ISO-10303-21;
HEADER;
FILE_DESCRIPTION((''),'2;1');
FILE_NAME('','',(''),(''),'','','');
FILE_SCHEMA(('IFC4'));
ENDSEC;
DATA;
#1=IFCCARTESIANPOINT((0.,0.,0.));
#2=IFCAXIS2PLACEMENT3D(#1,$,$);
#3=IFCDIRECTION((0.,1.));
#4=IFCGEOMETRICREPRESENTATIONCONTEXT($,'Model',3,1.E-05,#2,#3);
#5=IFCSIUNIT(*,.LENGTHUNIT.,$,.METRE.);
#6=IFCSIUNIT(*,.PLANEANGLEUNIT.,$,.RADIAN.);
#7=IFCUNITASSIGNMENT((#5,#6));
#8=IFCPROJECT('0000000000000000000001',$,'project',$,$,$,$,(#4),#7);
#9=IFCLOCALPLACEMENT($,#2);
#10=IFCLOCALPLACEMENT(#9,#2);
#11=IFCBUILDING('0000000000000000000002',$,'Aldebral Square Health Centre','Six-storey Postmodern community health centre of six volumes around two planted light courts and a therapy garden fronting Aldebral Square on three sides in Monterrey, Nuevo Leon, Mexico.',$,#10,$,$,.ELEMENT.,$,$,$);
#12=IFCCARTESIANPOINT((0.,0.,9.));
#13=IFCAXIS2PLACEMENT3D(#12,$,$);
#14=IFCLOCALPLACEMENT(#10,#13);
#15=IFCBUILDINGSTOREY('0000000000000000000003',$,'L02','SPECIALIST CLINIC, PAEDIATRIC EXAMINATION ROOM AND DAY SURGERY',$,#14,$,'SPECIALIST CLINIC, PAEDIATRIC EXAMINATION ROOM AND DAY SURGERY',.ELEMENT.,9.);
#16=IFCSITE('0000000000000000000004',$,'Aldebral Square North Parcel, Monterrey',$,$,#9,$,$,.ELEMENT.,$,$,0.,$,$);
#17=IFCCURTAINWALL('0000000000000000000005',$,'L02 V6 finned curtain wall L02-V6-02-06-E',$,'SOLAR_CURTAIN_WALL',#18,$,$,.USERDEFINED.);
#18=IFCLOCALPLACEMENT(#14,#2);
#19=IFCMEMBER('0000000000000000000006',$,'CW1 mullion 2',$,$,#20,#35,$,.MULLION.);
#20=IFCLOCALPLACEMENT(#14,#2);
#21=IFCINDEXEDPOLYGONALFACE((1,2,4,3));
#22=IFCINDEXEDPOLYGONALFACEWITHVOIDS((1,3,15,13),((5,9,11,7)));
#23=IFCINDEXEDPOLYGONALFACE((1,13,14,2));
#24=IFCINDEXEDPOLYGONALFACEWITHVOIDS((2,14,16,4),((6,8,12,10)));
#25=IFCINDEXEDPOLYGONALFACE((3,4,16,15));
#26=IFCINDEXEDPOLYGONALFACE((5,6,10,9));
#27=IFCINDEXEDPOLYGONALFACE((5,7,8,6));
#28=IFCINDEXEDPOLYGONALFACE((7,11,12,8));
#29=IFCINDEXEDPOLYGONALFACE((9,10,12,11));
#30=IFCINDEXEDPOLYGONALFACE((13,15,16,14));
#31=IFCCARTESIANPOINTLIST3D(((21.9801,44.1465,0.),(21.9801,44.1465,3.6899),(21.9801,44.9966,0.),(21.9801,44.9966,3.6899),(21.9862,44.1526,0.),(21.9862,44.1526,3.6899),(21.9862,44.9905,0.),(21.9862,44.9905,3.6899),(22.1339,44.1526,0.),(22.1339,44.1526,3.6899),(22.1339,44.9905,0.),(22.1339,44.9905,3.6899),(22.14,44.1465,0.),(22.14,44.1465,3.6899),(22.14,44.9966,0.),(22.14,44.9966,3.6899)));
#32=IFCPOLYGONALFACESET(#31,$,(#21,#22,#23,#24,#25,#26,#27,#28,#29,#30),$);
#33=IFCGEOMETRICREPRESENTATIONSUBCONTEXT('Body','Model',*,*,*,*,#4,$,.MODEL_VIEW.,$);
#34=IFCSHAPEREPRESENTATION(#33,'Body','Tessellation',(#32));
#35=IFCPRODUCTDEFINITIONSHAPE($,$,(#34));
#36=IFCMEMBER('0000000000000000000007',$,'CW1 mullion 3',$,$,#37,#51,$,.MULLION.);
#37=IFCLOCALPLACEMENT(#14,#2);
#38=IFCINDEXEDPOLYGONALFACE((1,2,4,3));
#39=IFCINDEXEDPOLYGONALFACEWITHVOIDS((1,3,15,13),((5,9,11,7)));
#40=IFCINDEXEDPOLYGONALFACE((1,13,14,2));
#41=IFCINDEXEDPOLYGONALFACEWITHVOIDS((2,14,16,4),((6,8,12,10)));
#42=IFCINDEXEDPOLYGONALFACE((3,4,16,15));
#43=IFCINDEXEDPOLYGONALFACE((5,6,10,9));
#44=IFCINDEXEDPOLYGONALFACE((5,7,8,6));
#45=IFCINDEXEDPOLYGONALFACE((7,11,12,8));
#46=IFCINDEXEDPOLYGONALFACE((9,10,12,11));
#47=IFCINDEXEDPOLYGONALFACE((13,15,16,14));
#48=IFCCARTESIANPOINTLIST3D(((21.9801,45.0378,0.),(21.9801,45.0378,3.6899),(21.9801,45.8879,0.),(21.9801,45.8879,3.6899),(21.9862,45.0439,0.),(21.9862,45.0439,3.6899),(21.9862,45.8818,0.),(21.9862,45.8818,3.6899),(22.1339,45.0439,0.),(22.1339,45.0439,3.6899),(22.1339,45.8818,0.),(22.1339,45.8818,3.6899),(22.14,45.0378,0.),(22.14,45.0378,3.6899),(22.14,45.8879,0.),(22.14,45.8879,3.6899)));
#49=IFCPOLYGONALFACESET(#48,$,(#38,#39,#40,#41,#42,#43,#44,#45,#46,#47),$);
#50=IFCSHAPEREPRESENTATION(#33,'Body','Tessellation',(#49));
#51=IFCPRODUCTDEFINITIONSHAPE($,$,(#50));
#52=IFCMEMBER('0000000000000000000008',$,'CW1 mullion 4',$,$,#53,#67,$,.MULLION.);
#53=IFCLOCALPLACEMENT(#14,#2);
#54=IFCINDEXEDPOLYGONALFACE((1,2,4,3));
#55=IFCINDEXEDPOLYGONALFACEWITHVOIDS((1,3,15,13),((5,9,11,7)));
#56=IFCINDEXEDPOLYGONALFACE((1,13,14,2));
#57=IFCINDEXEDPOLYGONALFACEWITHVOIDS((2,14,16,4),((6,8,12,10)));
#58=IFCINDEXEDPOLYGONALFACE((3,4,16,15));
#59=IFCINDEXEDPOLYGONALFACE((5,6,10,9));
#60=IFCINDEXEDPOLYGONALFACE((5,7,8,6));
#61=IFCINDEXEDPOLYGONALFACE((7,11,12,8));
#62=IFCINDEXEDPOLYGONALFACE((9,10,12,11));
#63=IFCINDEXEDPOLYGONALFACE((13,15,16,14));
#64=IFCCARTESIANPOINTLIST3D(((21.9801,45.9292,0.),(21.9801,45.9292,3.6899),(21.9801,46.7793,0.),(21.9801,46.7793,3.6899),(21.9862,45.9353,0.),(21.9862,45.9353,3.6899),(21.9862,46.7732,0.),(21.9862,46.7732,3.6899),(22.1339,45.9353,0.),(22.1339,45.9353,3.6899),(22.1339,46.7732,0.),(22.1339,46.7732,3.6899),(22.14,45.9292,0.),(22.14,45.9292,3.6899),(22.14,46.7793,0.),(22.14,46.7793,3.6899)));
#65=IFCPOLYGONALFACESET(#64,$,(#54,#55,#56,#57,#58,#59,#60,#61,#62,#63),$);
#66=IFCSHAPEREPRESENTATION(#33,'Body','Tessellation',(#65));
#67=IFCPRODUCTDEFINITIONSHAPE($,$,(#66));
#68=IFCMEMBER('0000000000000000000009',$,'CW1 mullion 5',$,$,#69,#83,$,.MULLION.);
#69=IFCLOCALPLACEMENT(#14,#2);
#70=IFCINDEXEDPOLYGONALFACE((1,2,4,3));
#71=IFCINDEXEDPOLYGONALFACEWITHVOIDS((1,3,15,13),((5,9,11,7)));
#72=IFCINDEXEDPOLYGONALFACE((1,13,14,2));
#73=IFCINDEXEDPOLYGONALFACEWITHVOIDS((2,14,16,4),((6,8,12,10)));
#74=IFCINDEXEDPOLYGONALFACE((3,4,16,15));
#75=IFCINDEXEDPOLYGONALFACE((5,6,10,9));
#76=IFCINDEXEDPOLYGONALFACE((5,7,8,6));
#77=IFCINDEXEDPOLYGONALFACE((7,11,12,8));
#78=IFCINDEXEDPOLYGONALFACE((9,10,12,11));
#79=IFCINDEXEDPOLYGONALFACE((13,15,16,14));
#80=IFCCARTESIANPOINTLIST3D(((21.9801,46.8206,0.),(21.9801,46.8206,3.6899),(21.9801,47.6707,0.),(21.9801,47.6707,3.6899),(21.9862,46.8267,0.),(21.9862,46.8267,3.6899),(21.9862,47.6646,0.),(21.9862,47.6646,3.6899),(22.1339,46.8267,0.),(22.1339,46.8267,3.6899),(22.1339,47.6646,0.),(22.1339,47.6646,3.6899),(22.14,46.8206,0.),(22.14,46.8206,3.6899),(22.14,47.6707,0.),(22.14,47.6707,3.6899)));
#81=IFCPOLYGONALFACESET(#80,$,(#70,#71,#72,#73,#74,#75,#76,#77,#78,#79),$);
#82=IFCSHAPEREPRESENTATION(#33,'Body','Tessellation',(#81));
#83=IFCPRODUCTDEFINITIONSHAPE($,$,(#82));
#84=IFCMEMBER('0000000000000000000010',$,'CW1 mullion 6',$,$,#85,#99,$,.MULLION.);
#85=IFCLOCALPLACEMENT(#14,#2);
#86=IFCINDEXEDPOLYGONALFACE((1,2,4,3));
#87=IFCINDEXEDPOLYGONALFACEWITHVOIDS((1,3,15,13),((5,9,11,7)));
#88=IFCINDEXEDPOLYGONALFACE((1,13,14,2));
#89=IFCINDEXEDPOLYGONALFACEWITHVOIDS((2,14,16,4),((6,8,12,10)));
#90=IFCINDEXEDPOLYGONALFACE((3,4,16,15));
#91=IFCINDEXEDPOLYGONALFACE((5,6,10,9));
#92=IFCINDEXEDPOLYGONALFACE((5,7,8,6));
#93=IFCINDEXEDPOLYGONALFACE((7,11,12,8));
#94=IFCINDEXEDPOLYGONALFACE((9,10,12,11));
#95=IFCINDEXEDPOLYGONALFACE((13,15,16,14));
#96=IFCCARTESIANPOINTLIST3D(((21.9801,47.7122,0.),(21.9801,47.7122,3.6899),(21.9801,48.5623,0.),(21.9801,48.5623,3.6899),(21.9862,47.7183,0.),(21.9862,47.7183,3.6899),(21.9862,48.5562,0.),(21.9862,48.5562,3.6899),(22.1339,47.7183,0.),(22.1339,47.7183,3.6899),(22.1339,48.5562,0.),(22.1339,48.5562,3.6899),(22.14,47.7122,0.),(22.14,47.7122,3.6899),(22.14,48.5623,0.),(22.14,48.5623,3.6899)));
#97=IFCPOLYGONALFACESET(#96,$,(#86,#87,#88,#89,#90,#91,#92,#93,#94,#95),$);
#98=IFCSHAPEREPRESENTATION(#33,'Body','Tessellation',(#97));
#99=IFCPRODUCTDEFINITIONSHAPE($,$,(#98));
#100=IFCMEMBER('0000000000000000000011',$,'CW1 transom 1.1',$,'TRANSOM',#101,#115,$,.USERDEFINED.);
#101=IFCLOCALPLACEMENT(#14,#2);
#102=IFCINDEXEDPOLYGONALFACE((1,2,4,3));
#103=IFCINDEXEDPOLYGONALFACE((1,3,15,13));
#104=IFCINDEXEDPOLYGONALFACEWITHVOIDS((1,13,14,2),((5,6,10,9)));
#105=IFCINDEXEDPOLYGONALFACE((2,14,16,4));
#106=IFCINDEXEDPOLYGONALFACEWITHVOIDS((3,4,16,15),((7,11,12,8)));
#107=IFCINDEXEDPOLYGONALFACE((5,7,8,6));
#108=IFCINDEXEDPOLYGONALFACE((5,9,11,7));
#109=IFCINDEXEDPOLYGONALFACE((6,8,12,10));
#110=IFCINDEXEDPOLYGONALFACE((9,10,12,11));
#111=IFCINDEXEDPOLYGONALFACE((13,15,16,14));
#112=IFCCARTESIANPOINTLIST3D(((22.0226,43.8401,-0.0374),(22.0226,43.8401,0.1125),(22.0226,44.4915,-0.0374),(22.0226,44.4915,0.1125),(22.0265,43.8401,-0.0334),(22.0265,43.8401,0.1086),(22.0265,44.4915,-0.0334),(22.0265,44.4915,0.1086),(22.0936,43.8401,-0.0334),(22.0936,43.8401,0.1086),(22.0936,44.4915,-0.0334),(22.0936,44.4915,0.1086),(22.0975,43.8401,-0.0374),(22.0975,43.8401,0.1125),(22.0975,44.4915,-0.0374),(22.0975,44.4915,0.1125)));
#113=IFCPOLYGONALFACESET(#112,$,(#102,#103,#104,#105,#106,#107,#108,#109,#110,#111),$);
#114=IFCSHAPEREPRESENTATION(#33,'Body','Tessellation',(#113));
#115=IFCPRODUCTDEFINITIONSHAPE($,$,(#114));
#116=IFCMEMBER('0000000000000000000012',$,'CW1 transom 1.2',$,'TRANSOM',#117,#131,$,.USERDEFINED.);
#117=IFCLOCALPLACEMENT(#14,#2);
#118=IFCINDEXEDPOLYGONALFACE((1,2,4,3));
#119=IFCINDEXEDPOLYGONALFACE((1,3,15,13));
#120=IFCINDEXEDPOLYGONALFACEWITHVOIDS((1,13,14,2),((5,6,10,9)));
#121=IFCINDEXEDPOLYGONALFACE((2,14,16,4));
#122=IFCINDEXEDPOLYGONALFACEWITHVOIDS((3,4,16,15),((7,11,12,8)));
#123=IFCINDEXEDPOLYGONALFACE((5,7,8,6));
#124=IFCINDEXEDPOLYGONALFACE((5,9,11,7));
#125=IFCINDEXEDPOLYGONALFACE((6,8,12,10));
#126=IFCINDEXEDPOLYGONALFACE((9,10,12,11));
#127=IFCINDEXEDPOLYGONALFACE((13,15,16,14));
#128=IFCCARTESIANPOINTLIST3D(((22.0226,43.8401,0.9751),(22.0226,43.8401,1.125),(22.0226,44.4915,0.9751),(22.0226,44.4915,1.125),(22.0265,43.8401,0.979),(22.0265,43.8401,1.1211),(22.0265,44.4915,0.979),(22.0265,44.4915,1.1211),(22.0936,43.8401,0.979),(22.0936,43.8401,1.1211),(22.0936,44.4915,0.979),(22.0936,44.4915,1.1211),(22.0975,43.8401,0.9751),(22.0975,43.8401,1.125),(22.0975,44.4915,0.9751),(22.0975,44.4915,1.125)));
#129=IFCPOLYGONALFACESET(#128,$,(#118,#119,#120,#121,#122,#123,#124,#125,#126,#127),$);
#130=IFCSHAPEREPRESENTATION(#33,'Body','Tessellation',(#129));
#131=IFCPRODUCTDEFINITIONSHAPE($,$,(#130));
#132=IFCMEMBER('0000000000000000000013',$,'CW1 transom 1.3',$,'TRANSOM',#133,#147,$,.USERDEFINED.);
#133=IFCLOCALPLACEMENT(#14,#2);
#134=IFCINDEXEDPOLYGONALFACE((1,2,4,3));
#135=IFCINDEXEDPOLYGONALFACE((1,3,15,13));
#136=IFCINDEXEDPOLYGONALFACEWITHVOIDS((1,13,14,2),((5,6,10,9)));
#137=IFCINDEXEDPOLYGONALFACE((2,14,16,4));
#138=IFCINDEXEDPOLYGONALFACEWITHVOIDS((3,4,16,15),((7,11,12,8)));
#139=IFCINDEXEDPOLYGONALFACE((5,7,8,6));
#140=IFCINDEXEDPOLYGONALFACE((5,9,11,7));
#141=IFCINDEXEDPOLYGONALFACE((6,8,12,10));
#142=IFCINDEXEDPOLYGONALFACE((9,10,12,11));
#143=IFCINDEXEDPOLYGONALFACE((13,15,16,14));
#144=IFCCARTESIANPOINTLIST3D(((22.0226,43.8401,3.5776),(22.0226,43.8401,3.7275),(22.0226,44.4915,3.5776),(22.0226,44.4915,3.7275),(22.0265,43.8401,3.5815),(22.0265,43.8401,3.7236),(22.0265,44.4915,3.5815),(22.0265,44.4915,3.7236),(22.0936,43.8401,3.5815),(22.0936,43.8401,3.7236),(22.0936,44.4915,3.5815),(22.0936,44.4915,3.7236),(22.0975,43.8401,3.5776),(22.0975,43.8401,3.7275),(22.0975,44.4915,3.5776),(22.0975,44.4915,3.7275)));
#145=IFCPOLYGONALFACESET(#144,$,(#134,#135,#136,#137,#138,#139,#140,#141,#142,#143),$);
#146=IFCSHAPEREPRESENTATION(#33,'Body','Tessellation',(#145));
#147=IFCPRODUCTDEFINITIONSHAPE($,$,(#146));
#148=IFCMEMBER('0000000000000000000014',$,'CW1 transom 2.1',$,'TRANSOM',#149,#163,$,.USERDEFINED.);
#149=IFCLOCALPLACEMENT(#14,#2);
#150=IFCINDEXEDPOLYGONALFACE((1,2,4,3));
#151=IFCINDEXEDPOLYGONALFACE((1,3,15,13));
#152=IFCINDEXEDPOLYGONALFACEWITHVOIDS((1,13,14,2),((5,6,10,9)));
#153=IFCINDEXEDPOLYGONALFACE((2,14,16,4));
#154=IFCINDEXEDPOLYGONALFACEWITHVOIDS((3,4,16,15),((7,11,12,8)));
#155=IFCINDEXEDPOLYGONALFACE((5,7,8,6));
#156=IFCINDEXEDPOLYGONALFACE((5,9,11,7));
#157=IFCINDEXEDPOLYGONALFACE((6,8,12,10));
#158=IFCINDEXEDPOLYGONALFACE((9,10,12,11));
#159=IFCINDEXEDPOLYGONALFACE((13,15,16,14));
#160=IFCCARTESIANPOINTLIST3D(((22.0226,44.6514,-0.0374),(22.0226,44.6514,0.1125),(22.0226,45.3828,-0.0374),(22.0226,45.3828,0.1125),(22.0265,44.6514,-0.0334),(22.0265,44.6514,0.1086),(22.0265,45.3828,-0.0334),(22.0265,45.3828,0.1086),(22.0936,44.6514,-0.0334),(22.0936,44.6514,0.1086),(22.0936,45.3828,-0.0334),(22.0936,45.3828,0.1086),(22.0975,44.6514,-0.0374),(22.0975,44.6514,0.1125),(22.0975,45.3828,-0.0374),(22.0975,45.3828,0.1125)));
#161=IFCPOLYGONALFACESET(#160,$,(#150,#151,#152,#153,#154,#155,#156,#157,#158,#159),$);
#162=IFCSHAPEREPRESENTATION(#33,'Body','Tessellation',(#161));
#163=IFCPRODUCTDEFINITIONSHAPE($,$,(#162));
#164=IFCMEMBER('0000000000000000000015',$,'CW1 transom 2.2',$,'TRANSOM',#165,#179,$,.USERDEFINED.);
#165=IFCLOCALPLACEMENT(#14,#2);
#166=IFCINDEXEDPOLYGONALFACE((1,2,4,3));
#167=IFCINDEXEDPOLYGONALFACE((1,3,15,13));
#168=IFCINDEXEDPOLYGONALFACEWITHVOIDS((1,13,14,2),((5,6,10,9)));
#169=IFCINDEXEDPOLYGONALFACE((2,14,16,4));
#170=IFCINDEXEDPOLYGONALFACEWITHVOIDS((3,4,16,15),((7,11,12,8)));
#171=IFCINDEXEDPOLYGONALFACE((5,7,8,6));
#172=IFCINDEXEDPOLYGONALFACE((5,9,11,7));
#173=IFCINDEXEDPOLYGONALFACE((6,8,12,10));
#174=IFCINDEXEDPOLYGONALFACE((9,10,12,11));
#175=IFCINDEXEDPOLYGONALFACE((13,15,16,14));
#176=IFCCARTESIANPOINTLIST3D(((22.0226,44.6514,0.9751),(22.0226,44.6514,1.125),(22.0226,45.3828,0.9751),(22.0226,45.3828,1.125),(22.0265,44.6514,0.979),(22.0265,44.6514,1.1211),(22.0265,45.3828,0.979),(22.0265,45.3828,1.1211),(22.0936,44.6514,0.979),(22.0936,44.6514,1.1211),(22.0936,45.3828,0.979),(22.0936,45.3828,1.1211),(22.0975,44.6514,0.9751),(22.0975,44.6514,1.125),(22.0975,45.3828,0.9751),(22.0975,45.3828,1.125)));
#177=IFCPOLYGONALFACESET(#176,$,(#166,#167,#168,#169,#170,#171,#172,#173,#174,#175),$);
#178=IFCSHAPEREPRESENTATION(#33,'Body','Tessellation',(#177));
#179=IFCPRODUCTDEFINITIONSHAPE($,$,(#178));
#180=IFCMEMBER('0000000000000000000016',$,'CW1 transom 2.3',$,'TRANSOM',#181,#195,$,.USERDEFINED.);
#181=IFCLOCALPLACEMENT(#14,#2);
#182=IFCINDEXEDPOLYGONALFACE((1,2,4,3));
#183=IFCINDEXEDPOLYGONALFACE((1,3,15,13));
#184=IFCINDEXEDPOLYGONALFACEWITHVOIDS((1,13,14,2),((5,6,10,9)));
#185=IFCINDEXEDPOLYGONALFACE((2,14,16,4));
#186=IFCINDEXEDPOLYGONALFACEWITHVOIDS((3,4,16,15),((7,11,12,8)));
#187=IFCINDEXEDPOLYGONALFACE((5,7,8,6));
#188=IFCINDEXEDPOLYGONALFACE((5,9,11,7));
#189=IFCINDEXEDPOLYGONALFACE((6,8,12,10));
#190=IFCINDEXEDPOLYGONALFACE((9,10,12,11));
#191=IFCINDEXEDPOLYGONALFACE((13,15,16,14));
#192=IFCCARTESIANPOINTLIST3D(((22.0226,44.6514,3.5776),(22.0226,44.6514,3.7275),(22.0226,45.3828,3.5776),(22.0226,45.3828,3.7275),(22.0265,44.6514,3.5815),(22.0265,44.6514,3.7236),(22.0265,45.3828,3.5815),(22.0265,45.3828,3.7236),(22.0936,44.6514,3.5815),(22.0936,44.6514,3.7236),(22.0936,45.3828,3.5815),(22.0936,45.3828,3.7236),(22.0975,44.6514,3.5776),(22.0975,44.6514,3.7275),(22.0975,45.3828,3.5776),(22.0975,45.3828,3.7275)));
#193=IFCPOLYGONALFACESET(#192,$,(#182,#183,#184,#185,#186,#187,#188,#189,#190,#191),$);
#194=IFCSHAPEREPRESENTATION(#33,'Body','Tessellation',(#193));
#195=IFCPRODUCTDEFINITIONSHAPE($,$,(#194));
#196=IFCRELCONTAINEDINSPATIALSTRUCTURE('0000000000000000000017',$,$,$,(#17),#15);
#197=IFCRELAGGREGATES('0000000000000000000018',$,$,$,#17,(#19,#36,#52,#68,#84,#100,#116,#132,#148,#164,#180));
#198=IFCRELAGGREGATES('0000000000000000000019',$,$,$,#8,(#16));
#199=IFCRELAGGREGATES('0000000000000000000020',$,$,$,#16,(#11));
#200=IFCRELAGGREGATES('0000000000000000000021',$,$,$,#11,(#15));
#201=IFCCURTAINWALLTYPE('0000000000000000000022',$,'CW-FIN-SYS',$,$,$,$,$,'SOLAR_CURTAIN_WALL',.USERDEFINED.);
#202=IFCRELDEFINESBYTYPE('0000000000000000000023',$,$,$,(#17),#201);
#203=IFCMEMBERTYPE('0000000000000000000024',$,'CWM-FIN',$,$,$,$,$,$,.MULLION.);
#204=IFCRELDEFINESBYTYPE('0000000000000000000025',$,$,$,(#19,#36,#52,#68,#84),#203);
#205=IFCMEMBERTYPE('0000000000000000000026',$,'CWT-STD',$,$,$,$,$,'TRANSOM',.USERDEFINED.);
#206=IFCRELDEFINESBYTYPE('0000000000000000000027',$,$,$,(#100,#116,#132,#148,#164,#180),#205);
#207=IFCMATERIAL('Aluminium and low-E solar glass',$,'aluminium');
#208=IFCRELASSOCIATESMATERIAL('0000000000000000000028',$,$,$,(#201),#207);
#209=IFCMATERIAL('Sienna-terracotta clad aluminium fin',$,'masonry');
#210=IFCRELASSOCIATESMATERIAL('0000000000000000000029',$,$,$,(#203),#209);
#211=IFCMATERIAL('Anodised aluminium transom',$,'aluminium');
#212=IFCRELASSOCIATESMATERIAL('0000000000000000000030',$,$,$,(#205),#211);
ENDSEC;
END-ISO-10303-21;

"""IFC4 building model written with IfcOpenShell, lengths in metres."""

from ifc_helpers import new_model, si_unit, direction, frame, origin, origin_2d, place, context, subcontext, project, spatial, hollow_rectangle, extrude, material, material_profile, profile_set, type_object, element, aggregate, save


model = new_model("IFC4")

# Units and contexts
model_context = context("Model", 3, precision=1e-05, world=origin(), true_north=direction((0.0, 1.0)))
body_context = subcontext(model_context, "Body", "Model", "MODEL_VIEW")
ifc_project = project(units=[si_unit("LENGTHUNIT", "METRE"), si_unit("PLANEANGLEUNIT", "RADIAN")], contexts=[model_context])

# Site, building, storey
site_placement = place(None, origin())
site = spatial("IfcSite", under=ifc_project, at=site_placement, Name="Aldebral Square North Parcel, Monterrey", CompositionType="ELEMENT", RefElevation=0.0)
building_placement = place(site_placement, origin())
building = spatial("IfcBuilding", under=site, at=building_placement, Name="Aldebral Square Health Centre", Description="Six-storey Postmodern community health centre of six volumes around two planted light courts and a therapy garden fronting Aldebral Square on three sides in Monterrey, Nuevo Leon, Mexico.", CompositionType="ELEMENT")
storey_placement = place(building_placement, frame((0.0, 0.0, 9.0)))
storey = spatial("IfcBuildingStorey", under=building, at=storey_placement, Name="L02", Description="SPECIALIST CLINIC, PAEDIATRIC EXAMINATION ROOM AND DAY SURGERY", LongName="SPECIALIST CLINIC, PAEDIATRIC EXAMINATION ROOM AND DAY SURGERY", CompositionType="ELEMENT", Elevation=9.0)

# Curtain wall, members
ifc_material_1 = material(Name="Aluminium and low-E solar glass", Category="aluminium")
curtain_wall_type = type_object("IfcCurtainWallType", Name="CW-FIN-SYS", ElementType="SOLAR_CURTAIN_WALL", PredefinedType="USERDEFINED", material=ifc_material_1)
curtain_wall_placement = place(storey_placement, origin())
curtain_wall = element("IfcCurtainWall", 1, at=curtain_wall_placement, inside=storey, type_object=curtain_wall_type, Name="L02 V6 finned curtain wall L02-V6-02-06-E", ObjectType="SOLAR_CURTAIN_WALL", PredefinedType="USERDEFINED")
ifc_material_2 = material(Name="Sienna-terracotta clad aluminium fin", Category="masonry")
ifc_material_profile_1 = material_profile(ifc_material_2, hollow_rectangle(XDim=0.1599, YDim=0.8501, WallThickness=0.0061, at=origin_2d()), Name="FIN 160x850x6")
ifc_profile_set_1 = profile_set([ifc_material_profile_1], Name="Sienna-terracotta clad aluminium fin")
member_type_1 = type_object("IfcMemberType", Name="CWM-FIN", PredefinedType="MULLION", material=ifc_profile_set_1)
member_1_placement = place(storey_placement, frame((22.0601, 44.5715, 0.0), z_axis=(0.0, 0.0, 1.0), x_axis=(-1.0, 0.0, 0.0)))
member_1 = element("IfcMember", 2, at=member_1_placement, type_object=member_type_1, Name="CW1 mullion 2", PredefinedType="MULLION", context=body_context, shape_type="SweptSolid", body=[
    extrude(hollow_rectangle(XDim=0.1599, YDim=0.8501, WallThickness=0.0061, at=origin_2d()), origin(), (0.0, 0.0, 1.0), 3.6899),
])
member_2_placement = place(storey_placement, frame((22.0601, 45.4629, 0.0), z_axis=(0.0, 0.0, 1.0), x_axis=(-1.0, 0.0, 0.0)))
member_2 = element("IfcMember", 3, at=member_2_placement, type_object=member_type_1, Name="CW1 mullion 3", PredefinedType="MULLION", context=body_context, shape_type="SweptSolid", body=[
    extrude(hollow_rectangle(XDim=0.1599, YDim=0.8501, WallThickness=0.0061, at=origin_2d()), origin(), (0.0, 0.0, 1.0), 3.6899),
])
member_3_placement = place(storey_placement, frame((22.0601, 46.3542, 0.0), z_axis=(0.0, 0.0, 1.0), x_axis=(-1.0, 0.0, 0.0)))
member_3 = element("IfcMember", 4, at=member_3_placement, type_object=member_type_1, Name="CW1 mullion 4", PredefinedType="MULLION", context=body_context, shape_type="SweptSolid", body=[
    extrude(hollow_rectangle(XDim=0.1599, YDim=0.8501, WallThickness=0.0061, at=origin_2d()), origin(), (0.0, 0.0, 1.0), 3.6899),
])
member_4_placement = place(storey_placement, frame((22.0601, 47.2456, 0.0), z_axis=(0.0, 0.0, 1.0), x_axis=(-1.0, 0.0, 0.0)))
member_4 = element("IfcMember", 5, at=member_4_placement, type_object=member_type_1, Name="CW1 mullion 5", PredefinedType="MULLION", context=body_context, shape_type="SweptSolid", body=[
    extrude(hollow_rectangle(XDim=0.1599, YDim=0.8501, WallThickness=0.0061, at=origin_2d()), origin(), (0.0, 0.0, 1.0), 3.6899),
])
member_5_placement = place(storey_placement, frame((22.0601, 48.1372, 0.0), z_axis=(0.0, 0.0, 1.0), x_axis=(-1.0, 0.0, 0.0)))
member_5 = element("IfcMember", 6, at=member_5_placement, type_object=member_type_1, Name="CW1 mullion 6", PredefinedType="MULLION", context=body_context, shape_type="SweptSolid", body=[
    extrude(hollow_rectangle(XDim=0.1599, YDim=0.8501, WallThickness=0.0061, at=origin_2d()), origin(), (0.0, 0.0, 1.0), 3.6899),
])
ifc_material_3 = material(Name="Anodised aluminium transom", Category="aluminium")
ifc_material_profile_2 = material_profile(ifc_material_3, hollow_rectangle(XDim=0.075, YDim=0.1499, WallThickness=0.0039, at=origin_2d()), Name="CWT 75x150x4")
ifc_profile_set_2 = profile_set([ifc_material_profile_2], Name="Anodised aluminium transom")
member_type_2 = type_object("IfcMemberType", Name="CWT-STD", ElementType="TRANSOM", PredefinedType="USERDEFINED", material=ifc_profile_set_2)
member_6_placement = place(storey_placement, frame((22.0601, 43.8401, 0.0376), z_axis=(0.0, 1.0, 0.0), x_axis=(-1.0, 0.0, 0.0)))
member_6 = element("IfcMember", 7, at=member_6_placement, type_object=member_type_2, Name="CW1 transom 1.1", ObjectType="TRANSOM", PredefinedType="USERDEFINED", context=body_context, shape_type="SweptSolid", body=[
    extrude(hollow_rectangle(XDim=0.075, YDim=0.1499, WallThickness=0.0039, at=origin_2d()), origin(), (0.0, 0.0, 1.0), 0.6514),
])
member_7_placement = place(storey_placement, frame((22.0601, 43.8401, 1.05), z_axis=(0.0, 1.0, 0.0), x_axis=(-1.0, 0.0, 0.0)))
member_7 = element("IfcMember", 8, at=member_7_placement, type_object=member_type_2, Name="CW1 transom 1.2", ObjectType="TRANSOM", PredefinedType="USERDEFINED", context=body_context, shape_type="SweptSolid", body=[
    extrude(hollow_rectangle(XDim=0.075, YDim=0.1499, WallThickness=0.0039, at=origin_2d()), origin(), (0.0, 0.0, 1.0), 0.6514),
])
member_8_placement = place(storey_placement, frame((22.0601, 43.8401, 3.6526), z_axis=(0.0, 1.0, 0.0), x_axis=(-1.0, 0.0, 0.0)))
member_8 = element("IfcMember", 9, at=member_8_placement, type_object=member_type_2, Name="CW1 transom 1.3", ObjectType="TRANSOM", PredefinedType="USERDEFINED", context=body_context, shape_type="SweptSolid", body=[
    extrude(hollow_rectangle(XDim=0.075, YDim=0.1499, WallThickness=0.0039, at=origin_2d()), origin(), (0.0, 0.0, 1.0), 0.6514),
])
member_9_placement = place(storey_placement, frame((22.0601, 44.6514, 0.0376), z_axis=(0.0, 1.0, 0.0), x_axis=(-1.0, 0.0, 0.0)))
member_9 = element("IfcMember", 10, at=member_9_placement, type_object=member_type_2, Name="CW1 transom 2.1", ObjectType="TRANSOM", PredefinedType="USERDEFINED", context=body_context, shape_type="SweptSolid", body=[
    extrude(hollow_rectangle(XDim=0.075, YDim=0.1499, WallThickness=0.0039, at=origin_2d()), origin(), (0.0, 0.0, 1.0), 0.7314),
])
member_10_placement = place(storey_placement, frame((22.0601, 44.6514, 1.05), z_axis=(0.0, 1.0, 0.0), x_axis=(-1.0, 0.0, 0.0)))
member_10 = element("IfcMember", 11, at=member_10_placement, type_object=member_type_2, Name="CW1 transom 2.2", ObjectType="TRANSOM", PredefinedType="USERDEFINED", context=body_context, shape_type="SweptSolid", body=[
    extrude(hollow_rectangle(XDim=0.075, YDim=0.1499, WallThickness=0.0039, at=origin_2d()), origin(), (0.0, 0.0, 1.0), 0.7314),
])
member_11_placement = place(storey_placement, frame((22.0601, 44.6514, 3.6526), z_axis=(0.0, 1.0, 0.0), x_axis=(-1.0, 0.0, 0.0)))
member_11 = element("IfcMember", 12, at=member_11_placement, type_object=member_type_2, Name="CW1 transom 2.3", ObjectType="TRANSOM", PredefinedType="USERDEFINED", context=body_context, shape_type="SweptSolid", body=[
    extrude(hollow_rectangle(XDim=0.075, YDim=0.1499, WallThickness=0.0039, at=origin_2d()), origin(), (0.0, 0.0, 1.0), 0.7314),
])
aggregate(curtain_wall, [member_1, member_2, member_3, member_4, member_5, member_6, member_7, member_8, member_9, member_10, member_11])

save(model, "model.ifc")
